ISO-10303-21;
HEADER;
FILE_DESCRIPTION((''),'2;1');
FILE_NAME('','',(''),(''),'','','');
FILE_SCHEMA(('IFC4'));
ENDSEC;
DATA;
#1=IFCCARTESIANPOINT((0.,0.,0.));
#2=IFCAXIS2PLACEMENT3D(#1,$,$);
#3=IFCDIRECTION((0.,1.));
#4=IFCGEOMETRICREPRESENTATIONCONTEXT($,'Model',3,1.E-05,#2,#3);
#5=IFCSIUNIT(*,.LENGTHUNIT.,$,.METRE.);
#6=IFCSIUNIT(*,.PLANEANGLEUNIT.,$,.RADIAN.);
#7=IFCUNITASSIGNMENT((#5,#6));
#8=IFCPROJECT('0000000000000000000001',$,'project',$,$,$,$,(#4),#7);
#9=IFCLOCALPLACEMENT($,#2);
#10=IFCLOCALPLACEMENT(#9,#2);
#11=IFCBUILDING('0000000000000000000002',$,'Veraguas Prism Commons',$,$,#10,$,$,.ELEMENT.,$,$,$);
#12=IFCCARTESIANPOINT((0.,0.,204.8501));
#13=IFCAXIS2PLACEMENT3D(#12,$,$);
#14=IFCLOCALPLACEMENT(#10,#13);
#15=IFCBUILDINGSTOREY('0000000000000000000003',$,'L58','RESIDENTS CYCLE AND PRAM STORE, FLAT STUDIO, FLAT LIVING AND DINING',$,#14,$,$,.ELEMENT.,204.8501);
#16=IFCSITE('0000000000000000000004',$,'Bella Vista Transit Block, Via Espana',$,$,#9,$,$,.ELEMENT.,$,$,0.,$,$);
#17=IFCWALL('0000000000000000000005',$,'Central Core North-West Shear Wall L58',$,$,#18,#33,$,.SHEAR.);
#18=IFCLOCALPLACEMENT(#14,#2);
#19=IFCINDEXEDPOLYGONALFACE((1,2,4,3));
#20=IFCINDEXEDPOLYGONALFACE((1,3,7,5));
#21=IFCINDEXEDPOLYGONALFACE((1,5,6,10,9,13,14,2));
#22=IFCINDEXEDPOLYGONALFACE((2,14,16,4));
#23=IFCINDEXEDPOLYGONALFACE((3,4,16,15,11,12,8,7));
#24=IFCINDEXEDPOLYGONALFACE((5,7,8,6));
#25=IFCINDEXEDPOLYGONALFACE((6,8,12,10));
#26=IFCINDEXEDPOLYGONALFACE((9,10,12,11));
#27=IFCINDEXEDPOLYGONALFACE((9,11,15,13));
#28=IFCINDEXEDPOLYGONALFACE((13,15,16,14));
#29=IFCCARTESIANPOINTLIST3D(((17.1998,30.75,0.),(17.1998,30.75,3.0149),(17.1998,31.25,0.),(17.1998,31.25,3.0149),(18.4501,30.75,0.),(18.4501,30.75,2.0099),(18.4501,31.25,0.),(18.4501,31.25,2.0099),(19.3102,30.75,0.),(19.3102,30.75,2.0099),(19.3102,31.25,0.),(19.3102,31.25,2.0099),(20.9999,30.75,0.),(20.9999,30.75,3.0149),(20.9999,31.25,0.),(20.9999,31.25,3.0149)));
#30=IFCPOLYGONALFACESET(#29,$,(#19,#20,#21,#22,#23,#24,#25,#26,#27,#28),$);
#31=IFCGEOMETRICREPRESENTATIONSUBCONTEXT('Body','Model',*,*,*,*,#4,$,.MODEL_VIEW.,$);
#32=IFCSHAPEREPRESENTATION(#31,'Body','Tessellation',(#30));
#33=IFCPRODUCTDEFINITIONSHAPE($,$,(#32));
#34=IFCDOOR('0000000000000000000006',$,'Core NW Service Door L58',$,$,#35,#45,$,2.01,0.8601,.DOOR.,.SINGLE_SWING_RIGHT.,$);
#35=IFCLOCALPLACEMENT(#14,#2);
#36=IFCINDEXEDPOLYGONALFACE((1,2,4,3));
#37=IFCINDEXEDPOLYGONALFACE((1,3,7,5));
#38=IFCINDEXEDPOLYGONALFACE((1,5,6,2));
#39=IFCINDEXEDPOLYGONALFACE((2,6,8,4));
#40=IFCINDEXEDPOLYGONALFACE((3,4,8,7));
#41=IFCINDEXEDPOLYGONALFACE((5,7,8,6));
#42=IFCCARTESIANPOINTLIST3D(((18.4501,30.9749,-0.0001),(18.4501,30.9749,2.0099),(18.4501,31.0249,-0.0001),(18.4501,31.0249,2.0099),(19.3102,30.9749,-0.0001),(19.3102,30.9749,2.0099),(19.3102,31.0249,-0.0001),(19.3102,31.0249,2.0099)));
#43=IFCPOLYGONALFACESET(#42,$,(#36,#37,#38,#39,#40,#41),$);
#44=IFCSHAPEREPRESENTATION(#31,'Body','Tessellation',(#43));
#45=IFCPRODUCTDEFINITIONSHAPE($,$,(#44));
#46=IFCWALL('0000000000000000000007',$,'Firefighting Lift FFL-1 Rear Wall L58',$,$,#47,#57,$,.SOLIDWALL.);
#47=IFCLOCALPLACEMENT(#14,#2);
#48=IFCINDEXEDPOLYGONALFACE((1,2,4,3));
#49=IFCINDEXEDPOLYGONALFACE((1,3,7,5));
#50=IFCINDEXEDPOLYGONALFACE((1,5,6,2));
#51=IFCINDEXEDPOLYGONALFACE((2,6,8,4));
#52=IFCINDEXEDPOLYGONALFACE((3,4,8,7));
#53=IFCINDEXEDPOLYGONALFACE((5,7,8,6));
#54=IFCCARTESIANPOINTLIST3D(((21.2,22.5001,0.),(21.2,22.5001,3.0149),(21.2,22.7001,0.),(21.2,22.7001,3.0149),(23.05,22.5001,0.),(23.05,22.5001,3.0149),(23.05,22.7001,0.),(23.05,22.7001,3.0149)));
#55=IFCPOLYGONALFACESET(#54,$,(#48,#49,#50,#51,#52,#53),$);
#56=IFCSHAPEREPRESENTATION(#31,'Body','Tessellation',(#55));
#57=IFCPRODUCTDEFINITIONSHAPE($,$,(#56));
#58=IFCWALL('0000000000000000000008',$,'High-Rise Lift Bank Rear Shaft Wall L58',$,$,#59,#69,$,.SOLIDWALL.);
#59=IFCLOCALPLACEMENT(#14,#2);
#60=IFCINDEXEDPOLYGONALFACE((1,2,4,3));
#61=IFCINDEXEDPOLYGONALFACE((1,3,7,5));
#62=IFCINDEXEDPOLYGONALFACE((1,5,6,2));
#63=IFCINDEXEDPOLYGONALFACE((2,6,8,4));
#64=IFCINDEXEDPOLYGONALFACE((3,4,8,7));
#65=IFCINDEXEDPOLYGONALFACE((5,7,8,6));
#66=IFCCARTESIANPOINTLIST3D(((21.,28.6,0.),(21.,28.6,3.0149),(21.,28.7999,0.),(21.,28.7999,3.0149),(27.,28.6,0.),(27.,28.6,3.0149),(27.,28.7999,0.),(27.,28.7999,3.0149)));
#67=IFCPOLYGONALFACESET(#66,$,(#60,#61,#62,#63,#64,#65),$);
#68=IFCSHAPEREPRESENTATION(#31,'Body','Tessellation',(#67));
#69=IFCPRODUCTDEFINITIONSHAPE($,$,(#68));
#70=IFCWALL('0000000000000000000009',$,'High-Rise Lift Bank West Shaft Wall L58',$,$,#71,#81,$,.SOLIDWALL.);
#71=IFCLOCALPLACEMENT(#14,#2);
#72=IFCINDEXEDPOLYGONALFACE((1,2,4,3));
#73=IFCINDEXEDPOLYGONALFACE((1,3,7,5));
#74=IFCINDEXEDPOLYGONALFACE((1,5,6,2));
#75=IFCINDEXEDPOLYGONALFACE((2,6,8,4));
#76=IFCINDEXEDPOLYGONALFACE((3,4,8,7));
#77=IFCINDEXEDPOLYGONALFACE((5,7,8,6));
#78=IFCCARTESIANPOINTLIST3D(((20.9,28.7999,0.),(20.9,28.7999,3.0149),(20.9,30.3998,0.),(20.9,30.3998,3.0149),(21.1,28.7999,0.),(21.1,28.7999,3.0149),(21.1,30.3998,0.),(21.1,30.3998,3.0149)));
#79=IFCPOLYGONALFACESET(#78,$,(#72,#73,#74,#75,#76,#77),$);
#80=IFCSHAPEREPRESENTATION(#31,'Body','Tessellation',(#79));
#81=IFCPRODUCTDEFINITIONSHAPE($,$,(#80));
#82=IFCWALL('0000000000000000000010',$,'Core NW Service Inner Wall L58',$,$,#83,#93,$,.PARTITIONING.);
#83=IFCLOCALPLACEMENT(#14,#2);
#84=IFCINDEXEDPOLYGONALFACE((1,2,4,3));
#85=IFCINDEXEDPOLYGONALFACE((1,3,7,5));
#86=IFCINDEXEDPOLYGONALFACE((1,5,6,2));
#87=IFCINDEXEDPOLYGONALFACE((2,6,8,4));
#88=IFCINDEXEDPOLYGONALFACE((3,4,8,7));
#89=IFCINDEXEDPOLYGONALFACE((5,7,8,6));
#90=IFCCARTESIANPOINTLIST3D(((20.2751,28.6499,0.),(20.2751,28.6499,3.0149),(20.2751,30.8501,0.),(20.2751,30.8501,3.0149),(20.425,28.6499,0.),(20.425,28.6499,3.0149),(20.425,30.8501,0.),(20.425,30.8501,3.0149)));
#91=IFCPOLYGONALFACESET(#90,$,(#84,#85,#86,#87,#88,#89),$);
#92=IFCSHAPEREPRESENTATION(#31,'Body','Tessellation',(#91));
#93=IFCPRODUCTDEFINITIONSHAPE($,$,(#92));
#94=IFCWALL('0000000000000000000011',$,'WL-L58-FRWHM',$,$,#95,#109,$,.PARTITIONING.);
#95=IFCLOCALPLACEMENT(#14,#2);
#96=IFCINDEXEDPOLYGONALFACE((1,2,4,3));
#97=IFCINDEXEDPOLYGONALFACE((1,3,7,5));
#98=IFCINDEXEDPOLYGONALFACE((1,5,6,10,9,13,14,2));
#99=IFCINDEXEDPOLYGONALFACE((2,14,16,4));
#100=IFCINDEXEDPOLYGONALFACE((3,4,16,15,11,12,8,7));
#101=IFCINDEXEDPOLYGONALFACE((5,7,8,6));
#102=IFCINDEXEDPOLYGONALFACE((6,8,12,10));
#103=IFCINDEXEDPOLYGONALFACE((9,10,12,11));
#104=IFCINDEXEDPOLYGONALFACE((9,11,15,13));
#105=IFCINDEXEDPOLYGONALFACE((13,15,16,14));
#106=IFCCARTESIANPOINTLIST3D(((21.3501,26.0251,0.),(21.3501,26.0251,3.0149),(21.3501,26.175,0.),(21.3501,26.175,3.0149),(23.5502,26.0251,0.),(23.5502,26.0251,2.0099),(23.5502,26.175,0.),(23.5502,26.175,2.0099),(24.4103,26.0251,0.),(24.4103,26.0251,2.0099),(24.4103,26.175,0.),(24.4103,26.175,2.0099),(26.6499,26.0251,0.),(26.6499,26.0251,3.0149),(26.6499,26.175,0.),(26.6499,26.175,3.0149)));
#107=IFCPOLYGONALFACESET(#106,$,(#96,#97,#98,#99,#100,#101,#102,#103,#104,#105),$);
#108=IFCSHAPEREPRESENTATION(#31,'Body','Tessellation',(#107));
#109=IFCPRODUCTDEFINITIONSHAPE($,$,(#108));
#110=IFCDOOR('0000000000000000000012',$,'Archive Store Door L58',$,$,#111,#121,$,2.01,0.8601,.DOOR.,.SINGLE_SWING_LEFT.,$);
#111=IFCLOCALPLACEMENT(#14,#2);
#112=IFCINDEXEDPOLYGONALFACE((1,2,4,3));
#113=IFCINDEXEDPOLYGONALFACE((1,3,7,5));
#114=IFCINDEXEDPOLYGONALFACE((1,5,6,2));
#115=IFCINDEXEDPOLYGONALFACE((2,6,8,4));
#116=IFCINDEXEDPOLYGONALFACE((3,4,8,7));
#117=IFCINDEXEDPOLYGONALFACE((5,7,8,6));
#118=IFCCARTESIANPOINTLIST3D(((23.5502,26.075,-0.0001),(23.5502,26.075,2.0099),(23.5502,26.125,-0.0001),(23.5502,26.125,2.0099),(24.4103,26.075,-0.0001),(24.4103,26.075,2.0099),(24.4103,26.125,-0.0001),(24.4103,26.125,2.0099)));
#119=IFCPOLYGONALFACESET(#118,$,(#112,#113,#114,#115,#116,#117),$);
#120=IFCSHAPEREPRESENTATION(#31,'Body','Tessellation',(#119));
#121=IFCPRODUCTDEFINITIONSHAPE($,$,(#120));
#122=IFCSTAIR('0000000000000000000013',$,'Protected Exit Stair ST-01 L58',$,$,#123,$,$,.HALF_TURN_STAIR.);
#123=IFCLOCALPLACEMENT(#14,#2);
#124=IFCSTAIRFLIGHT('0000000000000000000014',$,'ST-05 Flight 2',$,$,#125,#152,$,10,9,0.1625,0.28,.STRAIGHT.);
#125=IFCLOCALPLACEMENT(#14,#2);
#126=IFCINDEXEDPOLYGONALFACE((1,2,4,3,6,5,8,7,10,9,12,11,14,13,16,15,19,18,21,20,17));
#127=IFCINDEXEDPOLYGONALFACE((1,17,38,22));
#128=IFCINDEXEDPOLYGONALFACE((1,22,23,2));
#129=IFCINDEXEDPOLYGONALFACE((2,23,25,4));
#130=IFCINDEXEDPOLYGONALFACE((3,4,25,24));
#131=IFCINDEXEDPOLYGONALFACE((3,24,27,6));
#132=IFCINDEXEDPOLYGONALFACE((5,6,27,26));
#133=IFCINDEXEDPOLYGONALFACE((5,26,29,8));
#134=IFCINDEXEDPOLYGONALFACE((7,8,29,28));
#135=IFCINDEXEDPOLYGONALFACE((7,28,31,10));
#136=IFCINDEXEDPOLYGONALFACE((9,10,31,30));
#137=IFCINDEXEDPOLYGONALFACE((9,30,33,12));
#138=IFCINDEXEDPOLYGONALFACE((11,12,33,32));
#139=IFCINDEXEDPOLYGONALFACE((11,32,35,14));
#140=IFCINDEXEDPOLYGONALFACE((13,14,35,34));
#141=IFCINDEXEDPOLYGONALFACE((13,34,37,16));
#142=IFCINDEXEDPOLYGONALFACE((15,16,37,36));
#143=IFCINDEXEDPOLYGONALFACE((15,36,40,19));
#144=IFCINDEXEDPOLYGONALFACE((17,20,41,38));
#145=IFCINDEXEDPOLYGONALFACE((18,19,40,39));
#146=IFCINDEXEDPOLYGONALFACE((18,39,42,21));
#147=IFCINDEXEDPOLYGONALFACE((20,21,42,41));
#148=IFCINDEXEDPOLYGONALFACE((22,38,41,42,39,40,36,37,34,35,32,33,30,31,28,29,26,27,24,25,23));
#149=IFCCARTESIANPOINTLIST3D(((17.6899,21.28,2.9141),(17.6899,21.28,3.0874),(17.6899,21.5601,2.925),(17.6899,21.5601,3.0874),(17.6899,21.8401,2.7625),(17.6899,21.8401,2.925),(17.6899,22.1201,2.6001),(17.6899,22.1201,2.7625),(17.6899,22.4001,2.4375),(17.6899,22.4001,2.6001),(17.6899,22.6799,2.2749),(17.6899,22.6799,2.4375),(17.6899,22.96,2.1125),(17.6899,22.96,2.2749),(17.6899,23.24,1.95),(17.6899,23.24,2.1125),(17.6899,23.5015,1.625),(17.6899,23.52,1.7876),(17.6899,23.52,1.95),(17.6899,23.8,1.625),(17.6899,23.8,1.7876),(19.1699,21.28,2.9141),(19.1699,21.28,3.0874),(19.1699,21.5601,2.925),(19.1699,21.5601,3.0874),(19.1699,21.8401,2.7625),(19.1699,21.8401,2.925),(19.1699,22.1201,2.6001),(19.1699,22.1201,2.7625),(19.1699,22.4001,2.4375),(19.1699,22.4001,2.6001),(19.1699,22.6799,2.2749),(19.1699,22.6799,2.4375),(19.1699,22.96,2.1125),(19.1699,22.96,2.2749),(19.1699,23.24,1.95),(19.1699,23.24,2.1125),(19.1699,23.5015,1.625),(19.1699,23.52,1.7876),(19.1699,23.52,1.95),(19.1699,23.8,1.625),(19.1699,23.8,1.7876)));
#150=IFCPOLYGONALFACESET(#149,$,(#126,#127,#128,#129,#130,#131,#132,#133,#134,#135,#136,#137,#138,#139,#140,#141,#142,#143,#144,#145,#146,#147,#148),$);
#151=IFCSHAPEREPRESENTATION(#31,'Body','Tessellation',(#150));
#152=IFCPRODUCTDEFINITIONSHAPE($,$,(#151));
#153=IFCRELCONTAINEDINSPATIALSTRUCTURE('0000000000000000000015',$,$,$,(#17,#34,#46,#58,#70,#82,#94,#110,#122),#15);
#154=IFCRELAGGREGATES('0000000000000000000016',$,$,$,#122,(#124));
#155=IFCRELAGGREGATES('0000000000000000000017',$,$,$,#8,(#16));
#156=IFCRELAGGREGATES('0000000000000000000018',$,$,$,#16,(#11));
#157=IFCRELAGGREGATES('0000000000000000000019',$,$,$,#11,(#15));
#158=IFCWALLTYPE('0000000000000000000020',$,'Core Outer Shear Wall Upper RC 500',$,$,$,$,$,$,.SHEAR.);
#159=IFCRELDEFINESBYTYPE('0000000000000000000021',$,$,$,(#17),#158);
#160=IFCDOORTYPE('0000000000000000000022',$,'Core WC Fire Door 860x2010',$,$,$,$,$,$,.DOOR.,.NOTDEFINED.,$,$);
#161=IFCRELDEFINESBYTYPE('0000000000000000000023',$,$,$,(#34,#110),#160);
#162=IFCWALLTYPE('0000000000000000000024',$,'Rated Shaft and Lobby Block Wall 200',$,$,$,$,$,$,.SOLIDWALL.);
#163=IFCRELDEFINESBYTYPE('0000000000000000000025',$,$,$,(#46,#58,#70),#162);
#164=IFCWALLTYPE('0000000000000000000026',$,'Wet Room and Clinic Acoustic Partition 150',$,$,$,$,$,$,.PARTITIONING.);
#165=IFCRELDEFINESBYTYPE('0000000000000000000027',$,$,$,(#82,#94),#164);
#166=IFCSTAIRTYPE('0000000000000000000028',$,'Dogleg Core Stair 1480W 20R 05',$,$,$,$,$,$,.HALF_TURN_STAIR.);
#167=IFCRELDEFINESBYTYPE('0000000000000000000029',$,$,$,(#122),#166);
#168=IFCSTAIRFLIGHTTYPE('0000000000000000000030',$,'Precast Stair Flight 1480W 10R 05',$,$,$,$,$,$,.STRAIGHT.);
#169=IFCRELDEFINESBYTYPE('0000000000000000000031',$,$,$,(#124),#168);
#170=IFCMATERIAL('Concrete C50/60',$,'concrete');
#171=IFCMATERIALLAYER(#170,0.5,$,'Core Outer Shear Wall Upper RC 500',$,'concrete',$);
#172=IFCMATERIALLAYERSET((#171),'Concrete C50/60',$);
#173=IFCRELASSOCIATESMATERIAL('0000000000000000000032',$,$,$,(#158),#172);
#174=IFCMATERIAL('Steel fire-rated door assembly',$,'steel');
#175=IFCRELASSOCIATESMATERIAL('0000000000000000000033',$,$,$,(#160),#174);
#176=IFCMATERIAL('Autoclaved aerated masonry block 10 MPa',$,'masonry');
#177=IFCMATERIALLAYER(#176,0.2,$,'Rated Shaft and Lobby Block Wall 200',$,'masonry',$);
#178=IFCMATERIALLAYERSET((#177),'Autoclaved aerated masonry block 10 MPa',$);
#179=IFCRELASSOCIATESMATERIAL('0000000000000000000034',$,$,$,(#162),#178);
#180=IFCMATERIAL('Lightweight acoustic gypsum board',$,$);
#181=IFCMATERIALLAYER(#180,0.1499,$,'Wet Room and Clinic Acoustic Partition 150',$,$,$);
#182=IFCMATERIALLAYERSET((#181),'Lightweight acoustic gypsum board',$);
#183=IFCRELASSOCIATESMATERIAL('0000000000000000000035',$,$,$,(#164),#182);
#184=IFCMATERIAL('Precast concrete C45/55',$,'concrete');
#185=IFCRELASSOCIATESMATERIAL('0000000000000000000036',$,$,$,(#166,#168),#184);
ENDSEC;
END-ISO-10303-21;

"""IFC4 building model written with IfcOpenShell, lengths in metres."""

from ifc_helpers import new_model, si_unit, direction, frame, frame_2d, origin, place, context, subcontext, project, spatial, polyline, rectangle, outline, extrude, source, transform, mapped, material, layer, layer_set, type_object, element, fill, aggregate, save


model = new_model("IFC4")

# Units and contexts
model_context = context("Model", 3, precision=1e-05, world=origin(), true_north=direction((0.0, 1.0)))
body_context = subcontext(model_context, "Body", "Model", "MODEL_VIEW")
ifc_project = project(units=[si_unit("LENGTHUNIT", "METRE"), si_unit("PLANEANGLEUNIT", "RADIAN")], contexts=[model_context])

# Site, building, storey
site_placement = place(None, origin())
site = spatial("IfcSite", under=ifc_project, at=site_placement, Name="Bella Vista Transit Block, Via Espana", CompositionType="ELEMENT", RefElevation=0.0)
building_placement = place(site_placement, origin())
building = spatial("IfcBuilding", under=site, at=building_placement, Name="Veraguas Prism Commons", CompositionType="ELEMENT")
storey_placement = place(building_placement, frame((0.0, 0.0, 204.8501)))
storey = spatial("IfcBuildingStorey", under=building, at=storey_placement, Name="L58", Description="RESIDENTS CYCLE AND PRAM STORE, FLAT STUDIO, FLAT LIVING AND DINING", CompositionType="ELEMENT", Elevation=204.8501)

# Shared definitions
ifc_material_1 = material(Name="Concrete C50/60", Category="concrete")

# Wall, opening, door
ifc_layer_1 = layer(ifc_material_1, 0.5, Name="Core Outer Shear Wall Upper RC 500", Category="concrete")
ifc_layer_set_1 = layer_set([ifc_layer_1], Name="Concrete C50/60")
wall_type_1 = type_object("IfcWallType", Name="Core Outer Shear Wall Upper RC 500", PredefinedType="SHEAR", material=ifc_layer_set_1)
wall_1_placement = place(storey_placement, frame((17.2, 31.0, 0.0), z_axis=(0.0, 0.0, 1.0), x_axis=(1.0, 0.0, 0.0)))
wall_1 = element("IfcWall", 1, at=wall_1_placement, inside=storey, type_object=wall_type_1, Name="Central Core North-West Shear Wall L58", PredefinedType="SHEAR", context=body_context, shape_type="SweptSolid", body=[
    extrude(rectangle(XDim=3.8, YDim=0.5, at=frame_2d((1.8999, 0.0))), origin(), (0.0, 0.0, 1.0), 3.0149),
])
opening_1_placement = place(wall_1_placement, frame((1.25, 0.0, 0.0)))
opening_1 = element("IfcOpeningElement", 2, at=opening_1_placement, cuts=wall_1, PredefinedType="OPENING", context=body_context, shape_type="SweptSolid", body=[
    extrude(rectangle(XDim=0.8601, YDim=2.01, at=frame_2d((0.4302, 1.0049))), frame((0.0, 0.26, 0.0), z_axis=(0.0, -1.0, 0.0), x_axis=(1.0, 0.0, 0.0)), (0.0, 0.0, 1.0), 0.52),
])
ifc_material_2 = material(Name="Steel fire-rated door assembly", Category="steel")
door_type_1 = type_object("IfcDoorType", Name="Core WC Fire Door 860x2010", OperationType="NOTDEFINED", PredefinedType="DOOR", material=ifc_material_2)
shared_shape_1 = source(origin(), body_context, "Body", "SweptSolid", [
    extrude(rectangle(XDim=0.8601, YDim=2.01, at=frame_2d((0.4302, 1.0049))), frame((0.0, 0.0249, 0.0), z_axis=(0.0, -1.0, 0.0), x_axis=(1.0, 0.0, 0.0)), (0.0, 0.0, 1.0), 0.05),
])
door_1_placement = place(opening_1_placement, origin())
door_1 = element("IfcDoor", 3, at=door_1_placement, inside=storey, type_object=door_type_1, Name="Core NW Service Door L58", OperationType="SINGLE_SWING_RIGHT", OverallHeight=2.01, OverallWidth=0.8601, PredefinedType="DOOR", context=body_context, shape_type="MappedRepresentation", body=[
    mapped(shared_shape_1, transform((0.0, 0.0, 0.0), scale=1.0)),
])
fill(opening_1, door_1)

# Walls
ifc_material_3 = material(Name="Autoclaved aerated masonry block 10 MPa", Category="masonry")
ifc_layer_2 = layer(ifc_material_3, 0.2, Name="Rated Shaft and Lobby Block Wall 200", Category="masonry")
ifc_layer_set_2 = layer_set([ifc_layer_2], Name="Autoclaved aerated masonry block 10 MPa")
wall_type_2 = type_object("IfcWallType", Name="Rated Shaft and Lobby Block Wall 200", PredefinedType="SOLIDWALL", material=ifc_layer_set_2)
wall_2_placement = place(storey_placement, frame((21.2, 22.6001, 0.0), z_axis=(0.0, 0.0, 1.0), x_axis=(1.0, 0.0, 0.0)))
element("IfcWall", 4, at=wall_2_placement, inside=storey, type_object=wall_type_2, Name="Firefighting Lift FFL-1 Rear Wall L58", PredefinedType="SOLIDWALL", context=body_context, shape_type="SweptSolid", body=[
    extrude(rectangle(XDim=1.8501, YDim=0.2, at=frame_2d((0.925, 0.0))), origin(), (0.0, 0.0, 1.0), 3.0149),
])
wall_3_placement = place(storey_placement, frame((21.0, 28.7, 0.0), z_axis=(0.0, 0.0, 1.0), x_axis=(1.0, 0.0, 0.0)))
element("IfcWall", 5, at=wall_3_placement, inside=storey, type_object=wall_type_2, Name="High-Rise Lift Bank Rear Shaft Wall L58", PredefinedType="SOLIDWALL", context=body_context, shape_type="SweptSolid", body=[
    extrude(rectangle(XDim=6.0, YDim=0.2, at=frame_2d((3.0, 0.0))), origin(), (0.0, 0.0, 1.0), 3.0149),
])
wall_4_placement = place(storey_placement, frame((21.0, 28.8, 0.0), z_axis=(0.0, 0.0, 1.0), x_axis=(0.0, 1.0, 0.0)))
element("IfcWall", 6, at=wall_4_placement, inside=storey, type_object=wall_type_2, Name="High-Rise Lift Bank West Shaft Wall L58", PredefinedType="SOLIDWALL", context=body_context, shape_type="SweptSolid", body=[
    extrude(rectangle(XDim=1.5999, YDim=0.2, at=frame_2d((0.7998, 0.0))), origin(), (0.0, 0.0, 1.0), 3.0149),
])
ifc_material_4 = material(Name="Lightweight acoustic gypsum board")
ifc_layer_3 = layer(ifc_material_4, 0.1499, Name="Wet Room and Clinic Acoustic Partition 150")
ifc_layer_set_3 = layer_set([ifc_layer_3], Name="Lightweight acoustic gypsum board")
wall_type_3 = type_object("IfcWallType", Name="Wet Room and Clinic Acoustic Partition 150", PredefinedType="PARTITIONING", material=ifc_layer_set_3)
wall_5_placement = place(storey_placement, frame((20.3501, 28.6499, 0.0), z_axis=(0.0, 0.0, 1.0), x_axis=(0.0, 1.0, 0.0)))
element("IfcWall", 7, at=wall_5_placement, inside=storey, type_object=wall_type_3, Name="Core NW Service Inner Wall L58", PredefinedType="PARTITIONING", context=body_context, shape_type="SweptSolid", body=[
    extrude(rectangle(XDim=2.2002, YDim=0.1499, at=frame_2d((1.1001, 0.0))), origin(), (0.0, 0.0, 1.0), 3.0149),
])

# Wall, opening, door
wall_6_placement = place(storey_placement, frame((21.3501, 26.1001, 0.0), z_axis=(0.0, 0.0, 1.0), x_axis=(1.0, 0.0, 0.0)))
wall_6 = element("IfcWall", 8, at=wall_6_placement, inside=storey, type_object=wall_type_3, Name="WL-L58-FRWHM", PredefinedType="PARTITIONING", context=body_context, shape_type="SweptSolid", body=[
    extrude(rectangle(XDim=5.2998, YDim=0.1499, at=frame_2d((2.6499, 0.0))), origin(), (0.0, 0.0, 1.0), 3.0149),
])
opening_2_placement = place(wall_6_placement, frame((2.2, 0.0, 0.0)))
opening_2 = element("IfcOpeningElement", 9, at=opening_2_placement, cuts=wall_6, PredefinedType="OPENING", context=body_context, shape_type="SweptSolid", body=[
    extrude(rectangle(XDim=0.8601, YDim=2.01, at=frame_2d((0.4302, 1.0049))), frame((0.0, 0.085, 0.0), z_axis=(0.0, -1.0, 0.0), x_axis=(1.0, 0.0, 0.0)), (0.0, 0.0, 1.0), 0.1699),
])
door_2_placement = place(opening_2_placement, origin())
door_2 = element("IfcDoor", 10, at=door_2_placement, inside=storey, type_object=door_type_1, Name="Archive Store Door L58", OperationType="SINGLE_SWING_LEFT", OverallHeight=2.01, OverallWidth=0.8601, PredefinedType="DOOR", context=body_context, shape_type="MappedRepresentation", body=[
    mapped(shared_shape_1, transform((0.0, 0.0, 0.0), scale=1.0)),
])
fill(opening_2, door_2)

# Stair, stair flight
ifc_material_5 = material(Name="Precast concrete C45/55", Category="concrete")
stair_type = type_object("IfcStairType", Name="Dogleg Core Stair 1480W 20R 05", PredefinedType="HALF_TURN_STAIR", material=ifc_material_5)
stair_placement = place(storey_placement, origin())
stair = element("IfcStair", 11, at=stair_placement, inside=storey, type_object=stair_type, Name="Protected Exit Stair ST-01 L58", PredefinedType="HALF_TURN_STAIR")
stair_flight_type = type_object("IfcStairFlightType", Name="Precast Stair Flight 1480W 10R 05", PredefinedType="STRAIGHT", material=ifc_material_5)
stair_flight_placement = place(storey_placement, frame((18.4299, 23.8, 1.625), z_axis=(0.0, 0.0, 1.0), x_axis=(0.0, -1.0, 0.0)))
stair_flight = element("IfcStairFlight", 12, at=stair_flight_placement, type_object=stair_flight_type, Name="ST-05 Flight 2", NumberOfRisers=10, NumberOfTreads=9, PredefinedType="STRAIGHT", RiserHeight=0.1625, TreadLength=0.28, context=body_context, shape_type="SweptSolid", body=[
    extrude(outline(polyline([(0.0, 0.0), (0.0, 0.1626), (0.28, 0.1626), (0.28, 0.325), (0.5601, 0.325), (0.5601, 0.4875), (0.8401, 0.4875), (0.8401, 0.6499), (1.1201, 0.6499), (1.1201, 0.8125), (1.3999, 0.8125), (1.3999, 0.9751), (1.6799, 0.9751), (1.6799, 1.1375), (1.96, 1.1375), (1.96, 1.3), (2.24, 1.3), (2.24, 1.4624), (2.52, 1.4624), (2.52, 1.625), (2.52, 1.2891), (0.2986, 0.0), (0.0, 0.0)])), frame((0.0, 0.74, 0.0), z_axis=(0.0, -1.0, 0.0), x_axis=(1.0, 0.0, 0.0)), (0.0, 0.0, 1.0), 1.48),
])
aggregate(stair, [stair_flight])

save(model, "model.ifc")
